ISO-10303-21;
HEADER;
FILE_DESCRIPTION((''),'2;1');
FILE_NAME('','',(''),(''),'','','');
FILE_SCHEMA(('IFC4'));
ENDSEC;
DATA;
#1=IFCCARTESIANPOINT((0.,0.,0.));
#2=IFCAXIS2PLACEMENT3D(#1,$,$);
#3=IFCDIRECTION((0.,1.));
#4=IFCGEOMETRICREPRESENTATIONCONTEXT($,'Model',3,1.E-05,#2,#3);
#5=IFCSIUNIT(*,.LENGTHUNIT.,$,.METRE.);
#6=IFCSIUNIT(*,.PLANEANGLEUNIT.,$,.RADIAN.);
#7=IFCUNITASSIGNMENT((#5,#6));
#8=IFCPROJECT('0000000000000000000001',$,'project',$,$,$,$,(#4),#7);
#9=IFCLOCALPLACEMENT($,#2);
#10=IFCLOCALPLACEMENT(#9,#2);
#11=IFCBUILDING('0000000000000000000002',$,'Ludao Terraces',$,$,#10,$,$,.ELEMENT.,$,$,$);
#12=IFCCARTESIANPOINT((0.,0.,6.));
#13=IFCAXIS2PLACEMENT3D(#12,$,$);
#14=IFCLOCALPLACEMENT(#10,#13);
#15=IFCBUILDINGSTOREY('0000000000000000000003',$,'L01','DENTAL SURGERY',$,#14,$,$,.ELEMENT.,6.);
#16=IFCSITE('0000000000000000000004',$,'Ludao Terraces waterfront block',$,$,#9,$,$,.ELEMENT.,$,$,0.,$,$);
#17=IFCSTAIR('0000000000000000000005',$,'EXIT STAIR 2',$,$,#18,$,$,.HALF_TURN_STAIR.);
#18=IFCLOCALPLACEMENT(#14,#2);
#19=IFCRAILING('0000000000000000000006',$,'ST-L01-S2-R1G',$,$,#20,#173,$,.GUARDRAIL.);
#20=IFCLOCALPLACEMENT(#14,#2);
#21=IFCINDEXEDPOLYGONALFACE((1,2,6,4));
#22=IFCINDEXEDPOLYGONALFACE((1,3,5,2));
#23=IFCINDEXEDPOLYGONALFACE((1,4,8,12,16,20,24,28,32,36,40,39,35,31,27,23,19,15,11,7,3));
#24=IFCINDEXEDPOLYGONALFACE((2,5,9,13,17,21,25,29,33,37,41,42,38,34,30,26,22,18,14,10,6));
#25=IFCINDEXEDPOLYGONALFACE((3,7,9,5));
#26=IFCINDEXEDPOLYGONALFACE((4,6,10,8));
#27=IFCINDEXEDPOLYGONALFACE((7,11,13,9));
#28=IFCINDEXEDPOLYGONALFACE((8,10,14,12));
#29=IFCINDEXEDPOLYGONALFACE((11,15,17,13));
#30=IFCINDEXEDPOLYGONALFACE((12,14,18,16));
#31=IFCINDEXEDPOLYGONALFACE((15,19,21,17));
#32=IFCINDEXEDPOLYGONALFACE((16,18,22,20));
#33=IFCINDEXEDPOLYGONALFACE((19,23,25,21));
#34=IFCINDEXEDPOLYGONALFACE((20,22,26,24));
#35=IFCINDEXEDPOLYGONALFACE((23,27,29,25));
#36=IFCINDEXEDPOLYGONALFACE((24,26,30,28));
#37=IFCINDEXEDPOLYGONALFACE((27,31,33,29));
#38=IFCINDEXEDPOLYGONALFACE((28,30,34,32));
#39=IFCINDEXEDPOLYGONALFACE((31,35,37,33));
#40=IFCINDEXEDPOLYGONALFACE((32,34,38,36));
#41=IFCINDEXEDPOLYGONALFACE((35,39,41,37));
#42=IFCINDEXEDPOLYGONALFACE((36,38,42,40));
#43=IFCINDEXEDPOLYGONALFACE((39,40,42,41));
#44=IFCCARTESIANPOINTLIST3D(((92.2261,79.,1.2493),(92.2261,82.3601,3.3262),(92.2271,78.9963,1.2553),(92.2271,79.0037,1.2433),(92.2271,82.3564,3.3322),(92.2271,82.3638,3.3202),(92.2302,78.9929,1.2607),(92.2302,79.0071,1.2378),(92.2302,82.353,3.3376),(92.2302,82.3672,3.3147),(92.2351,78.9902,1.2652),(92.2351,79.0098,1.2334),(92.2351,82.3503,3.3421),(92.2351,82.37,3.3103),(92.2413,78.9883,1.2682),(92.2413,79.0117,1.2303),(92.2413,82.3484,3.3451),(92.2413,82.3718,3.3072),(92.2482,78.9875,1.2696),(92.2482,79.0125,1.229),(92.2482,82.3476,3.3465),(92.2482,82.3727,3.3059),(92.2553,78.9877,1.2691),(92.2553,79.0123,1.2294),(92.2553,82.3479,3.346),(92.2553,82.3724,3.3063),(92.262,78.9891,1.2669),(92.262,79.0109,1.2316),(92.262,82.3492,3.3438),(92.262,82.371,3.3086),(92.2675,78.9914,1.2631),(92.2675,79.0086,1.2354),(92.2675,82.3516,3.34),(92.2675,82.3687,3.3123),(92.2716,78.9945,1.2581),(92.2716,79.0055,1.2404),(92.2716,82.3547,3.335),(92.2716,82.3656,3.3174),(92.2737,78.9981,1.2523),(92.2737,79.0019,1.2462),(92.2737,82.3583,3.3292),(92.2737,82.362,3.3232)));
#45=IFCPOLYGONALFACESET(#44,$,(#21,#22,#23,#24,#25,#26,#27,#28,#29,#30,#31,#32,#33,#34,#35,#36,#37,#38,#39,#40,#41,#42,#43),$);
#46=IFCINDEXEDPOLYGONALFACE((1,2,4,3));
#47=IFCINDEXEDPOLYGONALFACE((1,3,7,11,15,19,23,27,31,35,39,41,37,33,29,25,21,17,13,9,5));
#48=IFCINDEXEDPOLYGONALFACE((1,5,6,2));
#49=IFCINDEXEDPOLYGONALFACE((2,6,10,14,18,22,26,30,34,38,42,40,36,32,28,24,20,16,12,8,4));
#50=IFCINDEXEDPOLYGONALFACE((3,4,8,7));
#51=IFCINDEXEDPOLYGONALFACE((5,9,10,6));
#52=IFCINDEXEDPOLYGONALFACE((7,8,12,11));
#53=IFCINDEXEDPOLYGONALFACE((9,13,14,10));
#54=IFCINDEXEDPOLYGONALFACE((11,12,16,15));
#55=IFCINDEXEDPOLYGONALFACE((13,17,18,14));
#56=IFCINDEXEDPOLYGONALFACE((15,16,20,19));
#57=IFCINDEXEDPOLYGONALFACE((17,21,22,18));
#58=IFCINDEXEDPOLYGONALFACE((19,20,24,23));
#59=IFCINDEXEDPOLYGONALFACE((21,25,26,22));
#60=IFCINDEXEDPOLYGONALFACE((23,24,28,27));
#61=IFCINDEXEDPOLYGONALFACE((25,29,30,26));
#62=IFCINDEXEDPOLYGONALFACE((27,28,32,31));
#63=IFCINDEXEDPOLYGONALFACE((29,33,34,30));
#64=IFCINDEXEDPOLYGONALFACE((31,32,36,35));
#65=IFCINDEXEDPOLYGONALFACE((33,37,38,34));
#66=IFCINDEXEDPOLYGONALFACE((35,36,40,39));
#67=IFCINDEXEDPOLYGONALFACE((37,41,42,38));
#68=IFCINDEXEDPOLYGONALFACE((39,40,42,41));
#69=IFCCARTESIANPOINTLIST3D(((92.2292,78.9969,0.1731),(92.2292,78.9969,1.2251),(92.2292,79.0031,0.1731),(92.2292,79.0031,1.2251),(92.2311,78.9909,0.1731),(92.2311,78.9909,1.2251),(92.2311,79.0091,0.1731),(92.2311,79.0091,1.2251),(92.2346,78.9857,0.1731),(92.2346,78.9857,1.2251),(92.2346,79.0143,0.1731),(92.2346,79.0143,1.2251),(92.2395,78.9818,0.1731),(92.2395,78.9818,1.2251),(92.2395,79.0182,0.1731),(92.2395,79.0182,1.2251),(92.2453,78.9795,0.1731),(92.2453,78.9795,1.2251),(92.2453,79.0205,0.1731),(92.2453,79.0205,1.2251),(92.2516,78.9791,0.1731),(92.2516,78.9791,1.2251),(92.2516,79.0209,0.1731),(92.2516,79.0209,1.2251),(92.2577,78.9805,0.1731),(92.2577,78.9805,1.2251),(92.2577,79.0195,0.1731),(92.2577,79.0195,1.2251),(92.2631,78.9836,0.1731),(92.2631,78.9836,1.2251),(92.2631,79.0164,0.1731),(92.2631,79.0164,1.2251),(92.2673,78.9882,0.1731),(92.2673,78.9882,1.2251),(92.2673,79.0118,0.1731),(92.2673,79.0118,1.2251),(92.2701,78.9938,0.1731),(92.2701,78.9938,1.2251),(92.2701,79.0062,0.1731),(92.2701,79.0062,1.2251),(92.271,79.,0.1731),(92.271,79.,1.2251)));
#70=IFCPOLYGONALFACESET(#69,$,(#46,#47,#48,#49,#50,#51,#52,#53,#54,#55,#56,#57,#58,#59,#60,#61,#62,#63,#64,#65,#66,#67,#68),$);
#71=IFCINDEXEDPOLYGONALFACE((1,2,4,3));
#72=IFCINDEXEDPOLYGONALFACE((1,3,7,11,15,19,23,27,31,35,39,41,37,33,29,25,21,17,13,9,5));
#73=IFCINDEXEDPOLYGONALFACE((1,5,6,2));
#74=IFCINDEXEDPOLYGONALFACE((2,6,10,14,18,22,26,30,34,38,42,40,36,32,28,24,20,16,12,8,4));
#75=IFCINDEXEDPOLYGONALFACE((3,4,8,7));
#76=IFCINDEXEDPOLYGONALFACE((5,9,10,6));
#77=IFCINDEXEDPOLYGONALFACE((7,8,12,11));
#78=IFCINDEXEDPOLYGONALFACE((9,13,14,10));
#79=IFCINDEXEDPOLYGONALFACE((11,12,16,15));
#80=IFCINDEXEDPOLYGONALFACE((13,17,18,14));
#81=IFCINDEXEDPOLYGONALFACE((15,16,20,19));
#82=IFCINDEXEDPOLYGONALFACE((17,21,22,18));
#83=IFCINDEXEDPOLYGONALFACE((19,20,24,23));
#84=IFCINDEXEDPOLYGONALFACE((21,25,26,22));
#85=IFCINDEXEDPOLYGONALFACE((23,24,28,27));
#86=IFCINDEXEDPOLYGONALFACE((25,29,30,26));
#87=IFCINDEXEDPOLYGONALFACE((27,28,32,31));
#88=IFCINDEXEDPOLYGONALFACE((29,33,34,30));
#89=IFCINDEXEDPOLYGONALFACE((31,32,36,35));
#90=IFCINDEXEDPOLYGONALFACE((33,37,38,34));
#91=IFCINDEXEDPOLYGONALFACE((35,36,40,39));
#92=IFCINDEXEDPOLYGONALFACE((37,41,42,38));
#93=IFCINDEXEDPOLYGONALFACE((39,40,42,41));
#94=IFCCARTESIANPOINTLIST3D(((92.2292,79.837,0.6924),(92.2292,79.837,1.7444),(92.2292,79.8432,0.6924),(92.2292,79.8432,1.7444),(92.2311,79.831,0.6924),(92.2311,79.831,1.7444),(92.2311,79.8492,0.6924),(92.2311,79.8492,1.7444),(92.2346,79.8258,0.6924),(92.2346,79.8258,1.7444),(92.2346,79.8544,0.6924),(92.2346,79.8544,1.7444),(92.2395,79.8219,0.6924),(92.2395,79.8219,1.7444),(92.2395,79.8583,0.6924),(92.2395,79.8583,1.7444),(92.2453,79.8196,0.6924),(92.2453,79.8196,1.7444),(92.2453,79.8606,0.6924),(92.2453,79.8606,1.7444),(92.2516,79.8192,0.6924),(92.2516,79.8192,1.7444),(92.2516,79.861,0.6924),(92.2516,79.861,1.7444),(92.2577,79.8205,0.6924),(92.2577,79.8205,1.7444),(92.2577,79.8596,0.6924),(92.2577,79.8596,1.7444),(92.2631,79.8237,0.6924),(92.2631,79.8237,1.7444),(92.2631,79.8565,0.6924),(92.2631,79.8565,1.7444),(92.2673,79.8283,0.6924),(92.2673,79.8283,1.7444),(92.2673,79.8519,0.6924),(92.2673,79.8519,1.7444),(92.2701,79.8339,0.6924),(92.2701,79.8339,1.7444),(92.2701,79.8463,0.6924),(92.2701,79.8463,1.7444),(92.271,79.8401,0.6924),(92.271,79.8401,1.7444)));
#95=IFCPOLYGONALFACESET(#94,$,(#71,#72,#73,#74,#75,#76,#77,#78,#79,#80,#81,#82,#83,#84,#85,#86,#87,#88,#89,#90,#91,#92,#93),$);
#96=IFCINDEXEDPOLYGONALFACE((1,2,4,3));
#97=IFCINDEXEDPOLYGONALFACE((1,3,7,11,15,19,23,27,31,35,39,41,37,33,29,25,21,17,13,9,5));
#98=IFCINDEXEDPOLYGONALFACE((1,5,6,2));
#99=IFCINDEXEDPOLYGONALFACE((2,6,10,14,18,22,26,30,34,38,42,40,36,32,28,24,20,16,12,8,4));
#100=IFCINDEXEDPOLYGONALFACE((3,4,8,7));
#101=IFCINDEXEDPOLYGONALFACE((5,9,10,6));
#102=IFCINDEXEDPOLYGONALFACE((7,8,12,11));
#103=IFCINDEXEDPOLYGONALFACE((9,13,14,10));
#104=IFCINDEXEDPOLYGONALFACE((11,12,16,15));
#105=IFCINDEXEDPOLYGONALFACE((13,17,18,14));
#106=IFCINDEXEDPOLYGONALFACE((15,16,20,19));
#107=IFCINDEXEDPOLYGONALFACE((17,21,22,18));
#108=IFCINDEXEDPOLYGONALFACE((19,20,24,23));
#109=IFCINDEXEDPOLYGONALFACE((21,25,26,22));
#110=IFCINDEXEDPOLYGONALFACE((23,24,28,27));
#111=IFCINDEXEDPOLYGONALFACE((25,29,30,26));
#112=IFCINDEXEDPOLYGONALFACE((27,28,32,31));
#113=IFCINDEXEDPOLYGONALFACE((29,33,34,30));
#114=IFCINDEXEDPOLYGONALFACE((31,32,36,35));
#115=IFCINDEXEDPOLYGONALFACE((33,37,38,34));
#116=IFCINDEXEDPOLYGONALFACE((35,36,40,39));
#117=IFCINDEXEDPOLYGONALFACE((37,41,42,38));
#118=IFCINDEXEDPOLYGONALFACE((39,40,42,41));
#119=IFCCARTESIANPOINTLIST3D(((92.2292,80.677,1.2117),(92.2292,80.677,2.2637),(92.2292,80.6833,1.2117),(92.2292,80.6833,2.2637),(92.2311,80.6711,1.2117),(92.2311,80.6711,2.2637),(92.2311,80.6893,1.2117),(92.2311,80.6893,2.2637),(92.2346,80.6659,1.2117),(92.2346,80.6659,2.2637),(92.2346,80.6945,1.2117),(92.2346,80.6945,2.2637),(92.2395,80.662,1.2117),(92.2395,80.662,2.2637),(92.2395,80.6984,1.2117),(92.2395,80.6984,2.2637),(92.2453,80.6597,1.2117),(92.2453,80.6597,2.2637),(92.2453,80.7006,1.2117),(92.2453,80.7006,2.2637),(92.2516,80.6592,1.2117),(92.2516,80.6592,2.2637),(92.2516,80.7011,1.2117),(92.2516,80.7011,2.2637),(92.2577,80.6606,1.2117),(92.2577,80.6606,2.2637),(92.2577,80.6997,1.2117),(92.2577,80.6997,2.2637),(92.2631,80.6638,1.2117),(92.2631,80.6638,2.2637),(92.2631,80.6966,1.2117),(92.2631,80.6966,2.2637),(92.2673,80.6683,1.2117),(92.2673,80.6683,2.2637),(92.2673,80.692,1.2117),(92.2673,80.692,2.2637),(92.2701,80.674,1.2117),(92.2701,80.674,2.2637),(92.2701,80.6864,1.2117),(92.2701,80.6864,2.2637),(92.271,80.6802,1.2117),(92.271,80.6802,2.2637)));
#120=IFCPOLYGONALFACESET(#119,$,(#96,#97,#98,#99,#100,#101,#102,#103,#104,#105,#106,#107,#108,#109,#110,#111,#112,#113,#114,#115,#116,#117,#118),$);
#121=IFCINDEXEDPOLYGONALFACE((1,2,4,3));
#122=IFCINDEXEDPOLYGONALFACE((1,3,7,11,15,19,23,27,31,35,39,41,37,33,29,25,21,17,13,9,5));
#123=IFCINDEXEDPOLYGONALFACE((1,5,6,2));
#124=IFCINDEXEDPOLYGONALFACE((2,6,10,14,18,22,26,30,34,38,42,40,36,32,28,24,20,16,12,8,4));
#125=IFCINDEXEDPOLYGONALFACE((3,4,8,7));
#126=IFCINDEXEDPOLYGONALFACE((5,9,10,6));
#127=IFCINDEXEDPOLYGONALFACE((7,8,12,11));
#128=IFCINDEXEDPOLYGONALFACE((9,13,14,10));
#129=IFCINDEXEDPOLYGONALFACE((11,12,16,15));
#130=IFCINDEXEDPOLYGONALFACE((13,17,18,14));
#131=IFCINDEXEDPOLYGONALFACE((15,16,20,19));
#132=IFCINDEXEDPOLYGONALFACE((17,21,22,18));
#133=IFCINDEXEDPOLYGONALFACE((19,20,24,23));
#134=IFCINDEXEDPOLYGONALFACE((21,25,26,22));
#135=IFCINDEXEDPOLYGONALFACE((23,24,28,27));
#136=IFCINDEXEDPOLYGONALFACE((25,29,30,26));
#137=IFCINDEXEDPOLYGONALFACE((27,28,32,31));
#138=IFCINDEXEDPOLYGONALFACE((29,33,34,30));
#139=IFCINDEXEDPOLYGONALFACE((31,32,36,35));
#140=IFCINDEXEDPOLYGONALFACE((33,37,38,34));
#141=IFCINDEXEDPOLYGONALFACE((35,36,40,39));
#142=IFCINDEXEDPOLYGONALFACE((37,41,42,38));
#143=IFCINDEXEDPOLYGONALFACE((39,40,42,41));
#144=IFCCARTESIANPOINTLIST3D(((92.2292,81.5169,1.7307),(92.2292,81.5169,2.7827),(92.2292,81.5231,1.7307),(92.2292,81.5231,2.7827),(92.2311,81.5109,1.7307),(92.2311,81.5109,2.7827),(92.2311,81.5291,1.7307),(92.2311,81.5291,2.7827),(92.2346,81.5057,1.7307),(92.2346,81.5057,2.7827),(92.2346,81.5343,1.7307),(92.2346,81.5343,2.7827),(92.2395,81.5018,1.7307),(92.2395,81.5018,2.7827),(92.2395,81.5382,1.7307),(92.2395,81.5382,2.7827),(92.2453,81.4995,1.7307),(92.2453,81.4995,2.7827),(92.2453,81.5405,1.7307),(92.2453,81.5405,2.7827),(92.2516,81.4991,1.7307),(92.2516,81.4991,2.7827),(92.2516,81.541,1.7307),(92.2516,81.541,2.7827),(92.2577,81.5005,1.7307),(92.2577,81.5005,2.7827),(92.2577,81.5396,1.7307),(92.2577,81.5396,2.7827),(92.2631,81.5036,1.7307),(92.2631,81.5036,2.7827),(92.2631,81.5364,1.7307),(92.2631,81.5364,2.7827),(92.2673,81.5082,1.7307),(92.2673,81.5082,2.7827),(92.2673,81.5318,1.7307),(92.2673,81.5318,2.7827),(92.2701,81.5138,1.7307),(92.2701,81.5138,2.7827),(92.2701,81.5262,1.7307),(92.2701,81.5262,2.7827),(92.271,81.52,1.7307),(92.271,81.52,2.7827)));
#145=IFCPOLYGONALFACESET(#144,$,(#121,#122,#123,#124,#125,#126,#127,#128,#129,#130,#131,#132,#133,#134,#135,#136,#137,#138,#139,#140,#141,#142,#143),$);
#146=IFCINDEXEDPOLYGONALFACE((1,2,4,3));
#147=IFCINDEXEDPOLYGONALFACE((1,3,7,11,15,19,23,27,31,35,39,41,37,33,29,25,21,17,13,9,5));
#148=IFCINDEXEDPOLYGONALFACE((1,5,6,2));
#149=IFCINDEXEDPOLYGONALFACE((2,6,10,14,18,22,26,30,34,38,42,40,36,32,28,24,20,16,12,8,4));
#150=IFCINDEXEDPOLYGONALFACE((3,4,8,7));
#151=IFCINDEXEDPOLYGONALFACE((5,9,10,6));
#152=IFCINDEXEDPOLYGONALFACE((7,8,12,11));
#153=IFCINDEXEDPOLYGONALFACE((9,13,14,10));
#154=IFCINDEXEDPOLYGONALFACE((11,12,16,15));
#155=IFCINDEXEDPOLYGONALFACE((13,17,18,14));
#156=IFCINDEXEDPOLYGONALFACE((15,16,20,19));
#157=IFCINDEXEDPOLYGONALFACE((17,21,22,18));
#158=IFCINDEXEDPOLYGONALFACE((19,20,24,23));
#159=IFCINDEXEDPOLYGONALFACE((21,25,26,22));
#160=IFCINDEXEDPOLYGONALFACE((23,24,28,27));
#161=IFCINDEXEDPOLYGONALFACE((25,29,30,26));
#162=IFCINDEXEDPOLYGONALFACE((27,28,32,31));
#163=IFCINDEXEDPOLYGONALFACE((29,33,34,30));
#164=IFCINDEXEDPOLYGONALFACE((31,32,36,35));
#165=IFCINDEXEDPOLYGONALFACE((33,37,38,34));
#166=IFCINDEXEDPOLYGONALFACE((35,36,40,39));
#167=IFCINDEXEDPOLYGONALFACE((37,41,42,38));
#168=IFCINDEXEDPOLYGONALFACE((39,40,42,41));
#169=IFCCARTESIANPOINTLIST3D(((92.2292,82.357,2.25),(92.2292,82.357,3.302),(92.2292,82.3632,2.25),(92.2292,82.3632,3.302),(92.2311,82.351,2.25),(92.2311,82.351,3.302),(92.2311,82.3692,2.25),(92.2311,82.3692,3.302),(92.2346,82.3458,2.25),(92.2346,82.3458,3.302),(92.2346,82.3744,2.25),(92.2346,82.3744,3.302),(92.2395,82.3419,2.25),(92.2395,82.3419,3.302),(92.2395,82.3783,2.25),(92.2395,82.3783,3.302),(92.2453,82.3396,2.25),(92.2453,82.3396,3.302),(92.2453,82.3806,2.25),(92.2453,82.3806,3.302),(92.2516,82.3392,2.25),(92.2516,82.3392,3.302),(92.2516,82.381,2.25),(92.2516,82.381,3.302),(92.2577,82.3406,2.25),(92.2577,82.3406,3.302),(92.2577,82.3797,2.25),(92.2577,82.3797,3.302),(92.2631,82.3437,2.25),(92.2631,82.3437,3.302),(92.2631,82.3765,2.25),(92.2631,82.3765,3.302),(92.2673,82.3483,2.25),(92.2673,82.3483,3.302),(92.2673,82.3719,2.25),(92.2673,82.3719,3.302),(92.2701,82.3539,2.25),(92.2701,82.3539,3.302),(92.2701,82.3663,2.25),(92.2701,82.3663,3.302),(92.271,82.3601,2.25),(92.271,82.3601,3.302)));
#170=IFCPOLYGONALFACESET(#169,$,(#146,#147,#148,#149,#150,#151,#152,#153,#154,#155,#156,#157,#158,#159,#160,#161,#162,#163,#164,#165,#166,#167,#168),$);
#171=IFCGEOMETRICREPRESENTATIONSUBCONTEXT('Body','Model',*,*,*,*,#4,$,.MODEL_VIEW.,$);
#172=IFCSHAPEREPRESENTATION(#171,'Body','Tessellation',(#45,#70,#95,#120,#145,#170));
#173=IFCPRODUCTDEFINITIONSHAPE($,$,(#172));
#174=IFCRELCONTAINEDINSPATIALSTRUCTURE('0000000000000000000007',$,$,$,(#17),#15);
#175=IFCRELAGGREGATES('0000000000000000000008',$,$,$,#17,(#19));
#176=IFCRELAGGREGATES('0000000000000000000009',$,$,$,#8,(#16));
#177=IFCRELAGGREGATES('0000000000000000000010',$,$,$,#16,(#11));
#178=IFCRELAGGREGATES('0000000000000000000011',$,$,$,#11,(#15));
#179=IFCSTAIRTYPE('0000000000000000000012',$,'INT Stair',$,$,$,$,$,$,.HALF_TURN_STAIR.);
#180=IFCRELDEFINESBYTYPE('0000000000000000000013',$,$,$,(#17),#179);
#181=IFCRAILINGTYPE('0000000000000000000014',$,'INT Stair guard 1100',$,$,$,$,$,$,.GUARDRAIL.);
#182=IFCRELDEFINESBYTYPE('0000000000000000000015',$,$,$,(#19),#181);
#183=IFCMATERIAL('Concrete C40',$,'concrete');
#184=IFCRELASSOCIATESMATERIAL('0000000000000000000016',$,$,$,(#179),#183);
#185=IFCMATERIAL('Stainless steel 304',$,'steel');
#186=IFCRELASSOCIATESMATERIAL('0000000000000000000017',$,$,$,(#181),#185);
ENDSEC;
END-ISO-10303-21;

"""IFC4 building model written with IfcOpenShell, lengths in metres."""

from ifc_helpers import new_model, si_unit, direction, frame, origin, origin_2d, place, context, subcontext, project, spatial, circle, extrude, material, type_object, element, aggregate, save


model = new_model("IFC4")

# Units and contexts
model_context = context("Model", 3, precision=1e-05, world=origin(), true_north=direction((0.0, 1.0)))
body_context = subcontext(model_context, "Body", "Model", "MODEL_VIEW")
ifc_project = project(units=[si_unit("LENGTHUNIT", "METRE"), si_unit("PLANEANGLEUNIT", "RADIAN")], contexts=[model_context])

# Site, building, storey
site_placement = place(None, origin())
site = spatial("IfcSite", under=ifc_project, at=site_placement, Name="Ludao Terraces waterfront block", CompositionType="ELEMENT", RefElevation=0.0)
building_placement = place(site_placement, origin())
building = spatial("IfcBuilding", under=site, at=building_placement, Name="Ludao Terraces", CompositionType="ELEMENT")
storey_placement = place(building_placement, frame((0.0, 0.0, 6.0)))
storey = spatial("IfcBuildingStorey", under=building, at=storey_placement, Name="L01", Description="DENTAL SURGERY", CompositionType="ELEMENT", Elevation=6.0)

# Shared definitions
ifc_material_1 = material(Name="Concrete C40", Category="concrete")

# Stair, railing
stair_type = type_object("IfcStairType", Name="INT Stair", PredefinedType="HALF_TURN_STAIR", material=ifc_material_1)
stair_placement = place(storey_placement, origin())
stair = element("IfcStair", 1, at=stair_placement, inside=storey, type_object=stair_type, Name="EXIT STAIR 2", PredefinedType="HALF_TURN_STAIR")
ifc_material_2 = material(Name="Stainless steel 304", Category="steel")
railing_type_1 = type_object("IfcRailingType", Name="INT Stair guard 1100", PredefinedType="GUARDRAIL", material=ifc_material_2)
railing_1_placement = place(storey_placement, frame((92.25, 79.0, 0.1731)))
railing_1 = element("IfcRailing", 2, at=railing_1_placement, type_object=railing_type_1, Name="ST-L01-S2-R1G", PredefinedType="GUARDRAIL", context=body_context, shape_type="SweptSolid", body=[
    extrude(circle(Radius=0.0239, at=origin_2d()), frame((0.0, 0.0, 1.0762), z_axis=(0.0, 0.850623, 0.525776), x_axis=(-1.0, 0.0, 0.0)), (0.0, 0.0, 1.0), 3.9502),
    extrude(circle(Radius=0.021, at=origin_2d()), origin(), (0.0, 0.0, 1.0), 1.052),
    extrude(circle(Radius=0.021, at=origin_2d()), frame((0.0, 0.8401, 0.5193)), (0.0, 0.0, 1.0), 1.052),
    extrude(circle(Radius=0.021, at=origin_2d()), frame((0.0, 1.6802, 1.0386)), (0.0, 0.0, 1.0), 1.052),
    extrude(circle(Radius=0.021, at=origin_2d()), frame((0.0, 2.52, 1.5576)), (0.0, 0.0, 1.0), 1.052),
    extrude(circle(Radius=0.021, at=origin_2d()), frame((0.0, 3.3601, 2.0769)), (0.0, 0.0, 1.0), 1.052),
])
aggregate(stair, [railing_1])

save(model, "model.ifc")
